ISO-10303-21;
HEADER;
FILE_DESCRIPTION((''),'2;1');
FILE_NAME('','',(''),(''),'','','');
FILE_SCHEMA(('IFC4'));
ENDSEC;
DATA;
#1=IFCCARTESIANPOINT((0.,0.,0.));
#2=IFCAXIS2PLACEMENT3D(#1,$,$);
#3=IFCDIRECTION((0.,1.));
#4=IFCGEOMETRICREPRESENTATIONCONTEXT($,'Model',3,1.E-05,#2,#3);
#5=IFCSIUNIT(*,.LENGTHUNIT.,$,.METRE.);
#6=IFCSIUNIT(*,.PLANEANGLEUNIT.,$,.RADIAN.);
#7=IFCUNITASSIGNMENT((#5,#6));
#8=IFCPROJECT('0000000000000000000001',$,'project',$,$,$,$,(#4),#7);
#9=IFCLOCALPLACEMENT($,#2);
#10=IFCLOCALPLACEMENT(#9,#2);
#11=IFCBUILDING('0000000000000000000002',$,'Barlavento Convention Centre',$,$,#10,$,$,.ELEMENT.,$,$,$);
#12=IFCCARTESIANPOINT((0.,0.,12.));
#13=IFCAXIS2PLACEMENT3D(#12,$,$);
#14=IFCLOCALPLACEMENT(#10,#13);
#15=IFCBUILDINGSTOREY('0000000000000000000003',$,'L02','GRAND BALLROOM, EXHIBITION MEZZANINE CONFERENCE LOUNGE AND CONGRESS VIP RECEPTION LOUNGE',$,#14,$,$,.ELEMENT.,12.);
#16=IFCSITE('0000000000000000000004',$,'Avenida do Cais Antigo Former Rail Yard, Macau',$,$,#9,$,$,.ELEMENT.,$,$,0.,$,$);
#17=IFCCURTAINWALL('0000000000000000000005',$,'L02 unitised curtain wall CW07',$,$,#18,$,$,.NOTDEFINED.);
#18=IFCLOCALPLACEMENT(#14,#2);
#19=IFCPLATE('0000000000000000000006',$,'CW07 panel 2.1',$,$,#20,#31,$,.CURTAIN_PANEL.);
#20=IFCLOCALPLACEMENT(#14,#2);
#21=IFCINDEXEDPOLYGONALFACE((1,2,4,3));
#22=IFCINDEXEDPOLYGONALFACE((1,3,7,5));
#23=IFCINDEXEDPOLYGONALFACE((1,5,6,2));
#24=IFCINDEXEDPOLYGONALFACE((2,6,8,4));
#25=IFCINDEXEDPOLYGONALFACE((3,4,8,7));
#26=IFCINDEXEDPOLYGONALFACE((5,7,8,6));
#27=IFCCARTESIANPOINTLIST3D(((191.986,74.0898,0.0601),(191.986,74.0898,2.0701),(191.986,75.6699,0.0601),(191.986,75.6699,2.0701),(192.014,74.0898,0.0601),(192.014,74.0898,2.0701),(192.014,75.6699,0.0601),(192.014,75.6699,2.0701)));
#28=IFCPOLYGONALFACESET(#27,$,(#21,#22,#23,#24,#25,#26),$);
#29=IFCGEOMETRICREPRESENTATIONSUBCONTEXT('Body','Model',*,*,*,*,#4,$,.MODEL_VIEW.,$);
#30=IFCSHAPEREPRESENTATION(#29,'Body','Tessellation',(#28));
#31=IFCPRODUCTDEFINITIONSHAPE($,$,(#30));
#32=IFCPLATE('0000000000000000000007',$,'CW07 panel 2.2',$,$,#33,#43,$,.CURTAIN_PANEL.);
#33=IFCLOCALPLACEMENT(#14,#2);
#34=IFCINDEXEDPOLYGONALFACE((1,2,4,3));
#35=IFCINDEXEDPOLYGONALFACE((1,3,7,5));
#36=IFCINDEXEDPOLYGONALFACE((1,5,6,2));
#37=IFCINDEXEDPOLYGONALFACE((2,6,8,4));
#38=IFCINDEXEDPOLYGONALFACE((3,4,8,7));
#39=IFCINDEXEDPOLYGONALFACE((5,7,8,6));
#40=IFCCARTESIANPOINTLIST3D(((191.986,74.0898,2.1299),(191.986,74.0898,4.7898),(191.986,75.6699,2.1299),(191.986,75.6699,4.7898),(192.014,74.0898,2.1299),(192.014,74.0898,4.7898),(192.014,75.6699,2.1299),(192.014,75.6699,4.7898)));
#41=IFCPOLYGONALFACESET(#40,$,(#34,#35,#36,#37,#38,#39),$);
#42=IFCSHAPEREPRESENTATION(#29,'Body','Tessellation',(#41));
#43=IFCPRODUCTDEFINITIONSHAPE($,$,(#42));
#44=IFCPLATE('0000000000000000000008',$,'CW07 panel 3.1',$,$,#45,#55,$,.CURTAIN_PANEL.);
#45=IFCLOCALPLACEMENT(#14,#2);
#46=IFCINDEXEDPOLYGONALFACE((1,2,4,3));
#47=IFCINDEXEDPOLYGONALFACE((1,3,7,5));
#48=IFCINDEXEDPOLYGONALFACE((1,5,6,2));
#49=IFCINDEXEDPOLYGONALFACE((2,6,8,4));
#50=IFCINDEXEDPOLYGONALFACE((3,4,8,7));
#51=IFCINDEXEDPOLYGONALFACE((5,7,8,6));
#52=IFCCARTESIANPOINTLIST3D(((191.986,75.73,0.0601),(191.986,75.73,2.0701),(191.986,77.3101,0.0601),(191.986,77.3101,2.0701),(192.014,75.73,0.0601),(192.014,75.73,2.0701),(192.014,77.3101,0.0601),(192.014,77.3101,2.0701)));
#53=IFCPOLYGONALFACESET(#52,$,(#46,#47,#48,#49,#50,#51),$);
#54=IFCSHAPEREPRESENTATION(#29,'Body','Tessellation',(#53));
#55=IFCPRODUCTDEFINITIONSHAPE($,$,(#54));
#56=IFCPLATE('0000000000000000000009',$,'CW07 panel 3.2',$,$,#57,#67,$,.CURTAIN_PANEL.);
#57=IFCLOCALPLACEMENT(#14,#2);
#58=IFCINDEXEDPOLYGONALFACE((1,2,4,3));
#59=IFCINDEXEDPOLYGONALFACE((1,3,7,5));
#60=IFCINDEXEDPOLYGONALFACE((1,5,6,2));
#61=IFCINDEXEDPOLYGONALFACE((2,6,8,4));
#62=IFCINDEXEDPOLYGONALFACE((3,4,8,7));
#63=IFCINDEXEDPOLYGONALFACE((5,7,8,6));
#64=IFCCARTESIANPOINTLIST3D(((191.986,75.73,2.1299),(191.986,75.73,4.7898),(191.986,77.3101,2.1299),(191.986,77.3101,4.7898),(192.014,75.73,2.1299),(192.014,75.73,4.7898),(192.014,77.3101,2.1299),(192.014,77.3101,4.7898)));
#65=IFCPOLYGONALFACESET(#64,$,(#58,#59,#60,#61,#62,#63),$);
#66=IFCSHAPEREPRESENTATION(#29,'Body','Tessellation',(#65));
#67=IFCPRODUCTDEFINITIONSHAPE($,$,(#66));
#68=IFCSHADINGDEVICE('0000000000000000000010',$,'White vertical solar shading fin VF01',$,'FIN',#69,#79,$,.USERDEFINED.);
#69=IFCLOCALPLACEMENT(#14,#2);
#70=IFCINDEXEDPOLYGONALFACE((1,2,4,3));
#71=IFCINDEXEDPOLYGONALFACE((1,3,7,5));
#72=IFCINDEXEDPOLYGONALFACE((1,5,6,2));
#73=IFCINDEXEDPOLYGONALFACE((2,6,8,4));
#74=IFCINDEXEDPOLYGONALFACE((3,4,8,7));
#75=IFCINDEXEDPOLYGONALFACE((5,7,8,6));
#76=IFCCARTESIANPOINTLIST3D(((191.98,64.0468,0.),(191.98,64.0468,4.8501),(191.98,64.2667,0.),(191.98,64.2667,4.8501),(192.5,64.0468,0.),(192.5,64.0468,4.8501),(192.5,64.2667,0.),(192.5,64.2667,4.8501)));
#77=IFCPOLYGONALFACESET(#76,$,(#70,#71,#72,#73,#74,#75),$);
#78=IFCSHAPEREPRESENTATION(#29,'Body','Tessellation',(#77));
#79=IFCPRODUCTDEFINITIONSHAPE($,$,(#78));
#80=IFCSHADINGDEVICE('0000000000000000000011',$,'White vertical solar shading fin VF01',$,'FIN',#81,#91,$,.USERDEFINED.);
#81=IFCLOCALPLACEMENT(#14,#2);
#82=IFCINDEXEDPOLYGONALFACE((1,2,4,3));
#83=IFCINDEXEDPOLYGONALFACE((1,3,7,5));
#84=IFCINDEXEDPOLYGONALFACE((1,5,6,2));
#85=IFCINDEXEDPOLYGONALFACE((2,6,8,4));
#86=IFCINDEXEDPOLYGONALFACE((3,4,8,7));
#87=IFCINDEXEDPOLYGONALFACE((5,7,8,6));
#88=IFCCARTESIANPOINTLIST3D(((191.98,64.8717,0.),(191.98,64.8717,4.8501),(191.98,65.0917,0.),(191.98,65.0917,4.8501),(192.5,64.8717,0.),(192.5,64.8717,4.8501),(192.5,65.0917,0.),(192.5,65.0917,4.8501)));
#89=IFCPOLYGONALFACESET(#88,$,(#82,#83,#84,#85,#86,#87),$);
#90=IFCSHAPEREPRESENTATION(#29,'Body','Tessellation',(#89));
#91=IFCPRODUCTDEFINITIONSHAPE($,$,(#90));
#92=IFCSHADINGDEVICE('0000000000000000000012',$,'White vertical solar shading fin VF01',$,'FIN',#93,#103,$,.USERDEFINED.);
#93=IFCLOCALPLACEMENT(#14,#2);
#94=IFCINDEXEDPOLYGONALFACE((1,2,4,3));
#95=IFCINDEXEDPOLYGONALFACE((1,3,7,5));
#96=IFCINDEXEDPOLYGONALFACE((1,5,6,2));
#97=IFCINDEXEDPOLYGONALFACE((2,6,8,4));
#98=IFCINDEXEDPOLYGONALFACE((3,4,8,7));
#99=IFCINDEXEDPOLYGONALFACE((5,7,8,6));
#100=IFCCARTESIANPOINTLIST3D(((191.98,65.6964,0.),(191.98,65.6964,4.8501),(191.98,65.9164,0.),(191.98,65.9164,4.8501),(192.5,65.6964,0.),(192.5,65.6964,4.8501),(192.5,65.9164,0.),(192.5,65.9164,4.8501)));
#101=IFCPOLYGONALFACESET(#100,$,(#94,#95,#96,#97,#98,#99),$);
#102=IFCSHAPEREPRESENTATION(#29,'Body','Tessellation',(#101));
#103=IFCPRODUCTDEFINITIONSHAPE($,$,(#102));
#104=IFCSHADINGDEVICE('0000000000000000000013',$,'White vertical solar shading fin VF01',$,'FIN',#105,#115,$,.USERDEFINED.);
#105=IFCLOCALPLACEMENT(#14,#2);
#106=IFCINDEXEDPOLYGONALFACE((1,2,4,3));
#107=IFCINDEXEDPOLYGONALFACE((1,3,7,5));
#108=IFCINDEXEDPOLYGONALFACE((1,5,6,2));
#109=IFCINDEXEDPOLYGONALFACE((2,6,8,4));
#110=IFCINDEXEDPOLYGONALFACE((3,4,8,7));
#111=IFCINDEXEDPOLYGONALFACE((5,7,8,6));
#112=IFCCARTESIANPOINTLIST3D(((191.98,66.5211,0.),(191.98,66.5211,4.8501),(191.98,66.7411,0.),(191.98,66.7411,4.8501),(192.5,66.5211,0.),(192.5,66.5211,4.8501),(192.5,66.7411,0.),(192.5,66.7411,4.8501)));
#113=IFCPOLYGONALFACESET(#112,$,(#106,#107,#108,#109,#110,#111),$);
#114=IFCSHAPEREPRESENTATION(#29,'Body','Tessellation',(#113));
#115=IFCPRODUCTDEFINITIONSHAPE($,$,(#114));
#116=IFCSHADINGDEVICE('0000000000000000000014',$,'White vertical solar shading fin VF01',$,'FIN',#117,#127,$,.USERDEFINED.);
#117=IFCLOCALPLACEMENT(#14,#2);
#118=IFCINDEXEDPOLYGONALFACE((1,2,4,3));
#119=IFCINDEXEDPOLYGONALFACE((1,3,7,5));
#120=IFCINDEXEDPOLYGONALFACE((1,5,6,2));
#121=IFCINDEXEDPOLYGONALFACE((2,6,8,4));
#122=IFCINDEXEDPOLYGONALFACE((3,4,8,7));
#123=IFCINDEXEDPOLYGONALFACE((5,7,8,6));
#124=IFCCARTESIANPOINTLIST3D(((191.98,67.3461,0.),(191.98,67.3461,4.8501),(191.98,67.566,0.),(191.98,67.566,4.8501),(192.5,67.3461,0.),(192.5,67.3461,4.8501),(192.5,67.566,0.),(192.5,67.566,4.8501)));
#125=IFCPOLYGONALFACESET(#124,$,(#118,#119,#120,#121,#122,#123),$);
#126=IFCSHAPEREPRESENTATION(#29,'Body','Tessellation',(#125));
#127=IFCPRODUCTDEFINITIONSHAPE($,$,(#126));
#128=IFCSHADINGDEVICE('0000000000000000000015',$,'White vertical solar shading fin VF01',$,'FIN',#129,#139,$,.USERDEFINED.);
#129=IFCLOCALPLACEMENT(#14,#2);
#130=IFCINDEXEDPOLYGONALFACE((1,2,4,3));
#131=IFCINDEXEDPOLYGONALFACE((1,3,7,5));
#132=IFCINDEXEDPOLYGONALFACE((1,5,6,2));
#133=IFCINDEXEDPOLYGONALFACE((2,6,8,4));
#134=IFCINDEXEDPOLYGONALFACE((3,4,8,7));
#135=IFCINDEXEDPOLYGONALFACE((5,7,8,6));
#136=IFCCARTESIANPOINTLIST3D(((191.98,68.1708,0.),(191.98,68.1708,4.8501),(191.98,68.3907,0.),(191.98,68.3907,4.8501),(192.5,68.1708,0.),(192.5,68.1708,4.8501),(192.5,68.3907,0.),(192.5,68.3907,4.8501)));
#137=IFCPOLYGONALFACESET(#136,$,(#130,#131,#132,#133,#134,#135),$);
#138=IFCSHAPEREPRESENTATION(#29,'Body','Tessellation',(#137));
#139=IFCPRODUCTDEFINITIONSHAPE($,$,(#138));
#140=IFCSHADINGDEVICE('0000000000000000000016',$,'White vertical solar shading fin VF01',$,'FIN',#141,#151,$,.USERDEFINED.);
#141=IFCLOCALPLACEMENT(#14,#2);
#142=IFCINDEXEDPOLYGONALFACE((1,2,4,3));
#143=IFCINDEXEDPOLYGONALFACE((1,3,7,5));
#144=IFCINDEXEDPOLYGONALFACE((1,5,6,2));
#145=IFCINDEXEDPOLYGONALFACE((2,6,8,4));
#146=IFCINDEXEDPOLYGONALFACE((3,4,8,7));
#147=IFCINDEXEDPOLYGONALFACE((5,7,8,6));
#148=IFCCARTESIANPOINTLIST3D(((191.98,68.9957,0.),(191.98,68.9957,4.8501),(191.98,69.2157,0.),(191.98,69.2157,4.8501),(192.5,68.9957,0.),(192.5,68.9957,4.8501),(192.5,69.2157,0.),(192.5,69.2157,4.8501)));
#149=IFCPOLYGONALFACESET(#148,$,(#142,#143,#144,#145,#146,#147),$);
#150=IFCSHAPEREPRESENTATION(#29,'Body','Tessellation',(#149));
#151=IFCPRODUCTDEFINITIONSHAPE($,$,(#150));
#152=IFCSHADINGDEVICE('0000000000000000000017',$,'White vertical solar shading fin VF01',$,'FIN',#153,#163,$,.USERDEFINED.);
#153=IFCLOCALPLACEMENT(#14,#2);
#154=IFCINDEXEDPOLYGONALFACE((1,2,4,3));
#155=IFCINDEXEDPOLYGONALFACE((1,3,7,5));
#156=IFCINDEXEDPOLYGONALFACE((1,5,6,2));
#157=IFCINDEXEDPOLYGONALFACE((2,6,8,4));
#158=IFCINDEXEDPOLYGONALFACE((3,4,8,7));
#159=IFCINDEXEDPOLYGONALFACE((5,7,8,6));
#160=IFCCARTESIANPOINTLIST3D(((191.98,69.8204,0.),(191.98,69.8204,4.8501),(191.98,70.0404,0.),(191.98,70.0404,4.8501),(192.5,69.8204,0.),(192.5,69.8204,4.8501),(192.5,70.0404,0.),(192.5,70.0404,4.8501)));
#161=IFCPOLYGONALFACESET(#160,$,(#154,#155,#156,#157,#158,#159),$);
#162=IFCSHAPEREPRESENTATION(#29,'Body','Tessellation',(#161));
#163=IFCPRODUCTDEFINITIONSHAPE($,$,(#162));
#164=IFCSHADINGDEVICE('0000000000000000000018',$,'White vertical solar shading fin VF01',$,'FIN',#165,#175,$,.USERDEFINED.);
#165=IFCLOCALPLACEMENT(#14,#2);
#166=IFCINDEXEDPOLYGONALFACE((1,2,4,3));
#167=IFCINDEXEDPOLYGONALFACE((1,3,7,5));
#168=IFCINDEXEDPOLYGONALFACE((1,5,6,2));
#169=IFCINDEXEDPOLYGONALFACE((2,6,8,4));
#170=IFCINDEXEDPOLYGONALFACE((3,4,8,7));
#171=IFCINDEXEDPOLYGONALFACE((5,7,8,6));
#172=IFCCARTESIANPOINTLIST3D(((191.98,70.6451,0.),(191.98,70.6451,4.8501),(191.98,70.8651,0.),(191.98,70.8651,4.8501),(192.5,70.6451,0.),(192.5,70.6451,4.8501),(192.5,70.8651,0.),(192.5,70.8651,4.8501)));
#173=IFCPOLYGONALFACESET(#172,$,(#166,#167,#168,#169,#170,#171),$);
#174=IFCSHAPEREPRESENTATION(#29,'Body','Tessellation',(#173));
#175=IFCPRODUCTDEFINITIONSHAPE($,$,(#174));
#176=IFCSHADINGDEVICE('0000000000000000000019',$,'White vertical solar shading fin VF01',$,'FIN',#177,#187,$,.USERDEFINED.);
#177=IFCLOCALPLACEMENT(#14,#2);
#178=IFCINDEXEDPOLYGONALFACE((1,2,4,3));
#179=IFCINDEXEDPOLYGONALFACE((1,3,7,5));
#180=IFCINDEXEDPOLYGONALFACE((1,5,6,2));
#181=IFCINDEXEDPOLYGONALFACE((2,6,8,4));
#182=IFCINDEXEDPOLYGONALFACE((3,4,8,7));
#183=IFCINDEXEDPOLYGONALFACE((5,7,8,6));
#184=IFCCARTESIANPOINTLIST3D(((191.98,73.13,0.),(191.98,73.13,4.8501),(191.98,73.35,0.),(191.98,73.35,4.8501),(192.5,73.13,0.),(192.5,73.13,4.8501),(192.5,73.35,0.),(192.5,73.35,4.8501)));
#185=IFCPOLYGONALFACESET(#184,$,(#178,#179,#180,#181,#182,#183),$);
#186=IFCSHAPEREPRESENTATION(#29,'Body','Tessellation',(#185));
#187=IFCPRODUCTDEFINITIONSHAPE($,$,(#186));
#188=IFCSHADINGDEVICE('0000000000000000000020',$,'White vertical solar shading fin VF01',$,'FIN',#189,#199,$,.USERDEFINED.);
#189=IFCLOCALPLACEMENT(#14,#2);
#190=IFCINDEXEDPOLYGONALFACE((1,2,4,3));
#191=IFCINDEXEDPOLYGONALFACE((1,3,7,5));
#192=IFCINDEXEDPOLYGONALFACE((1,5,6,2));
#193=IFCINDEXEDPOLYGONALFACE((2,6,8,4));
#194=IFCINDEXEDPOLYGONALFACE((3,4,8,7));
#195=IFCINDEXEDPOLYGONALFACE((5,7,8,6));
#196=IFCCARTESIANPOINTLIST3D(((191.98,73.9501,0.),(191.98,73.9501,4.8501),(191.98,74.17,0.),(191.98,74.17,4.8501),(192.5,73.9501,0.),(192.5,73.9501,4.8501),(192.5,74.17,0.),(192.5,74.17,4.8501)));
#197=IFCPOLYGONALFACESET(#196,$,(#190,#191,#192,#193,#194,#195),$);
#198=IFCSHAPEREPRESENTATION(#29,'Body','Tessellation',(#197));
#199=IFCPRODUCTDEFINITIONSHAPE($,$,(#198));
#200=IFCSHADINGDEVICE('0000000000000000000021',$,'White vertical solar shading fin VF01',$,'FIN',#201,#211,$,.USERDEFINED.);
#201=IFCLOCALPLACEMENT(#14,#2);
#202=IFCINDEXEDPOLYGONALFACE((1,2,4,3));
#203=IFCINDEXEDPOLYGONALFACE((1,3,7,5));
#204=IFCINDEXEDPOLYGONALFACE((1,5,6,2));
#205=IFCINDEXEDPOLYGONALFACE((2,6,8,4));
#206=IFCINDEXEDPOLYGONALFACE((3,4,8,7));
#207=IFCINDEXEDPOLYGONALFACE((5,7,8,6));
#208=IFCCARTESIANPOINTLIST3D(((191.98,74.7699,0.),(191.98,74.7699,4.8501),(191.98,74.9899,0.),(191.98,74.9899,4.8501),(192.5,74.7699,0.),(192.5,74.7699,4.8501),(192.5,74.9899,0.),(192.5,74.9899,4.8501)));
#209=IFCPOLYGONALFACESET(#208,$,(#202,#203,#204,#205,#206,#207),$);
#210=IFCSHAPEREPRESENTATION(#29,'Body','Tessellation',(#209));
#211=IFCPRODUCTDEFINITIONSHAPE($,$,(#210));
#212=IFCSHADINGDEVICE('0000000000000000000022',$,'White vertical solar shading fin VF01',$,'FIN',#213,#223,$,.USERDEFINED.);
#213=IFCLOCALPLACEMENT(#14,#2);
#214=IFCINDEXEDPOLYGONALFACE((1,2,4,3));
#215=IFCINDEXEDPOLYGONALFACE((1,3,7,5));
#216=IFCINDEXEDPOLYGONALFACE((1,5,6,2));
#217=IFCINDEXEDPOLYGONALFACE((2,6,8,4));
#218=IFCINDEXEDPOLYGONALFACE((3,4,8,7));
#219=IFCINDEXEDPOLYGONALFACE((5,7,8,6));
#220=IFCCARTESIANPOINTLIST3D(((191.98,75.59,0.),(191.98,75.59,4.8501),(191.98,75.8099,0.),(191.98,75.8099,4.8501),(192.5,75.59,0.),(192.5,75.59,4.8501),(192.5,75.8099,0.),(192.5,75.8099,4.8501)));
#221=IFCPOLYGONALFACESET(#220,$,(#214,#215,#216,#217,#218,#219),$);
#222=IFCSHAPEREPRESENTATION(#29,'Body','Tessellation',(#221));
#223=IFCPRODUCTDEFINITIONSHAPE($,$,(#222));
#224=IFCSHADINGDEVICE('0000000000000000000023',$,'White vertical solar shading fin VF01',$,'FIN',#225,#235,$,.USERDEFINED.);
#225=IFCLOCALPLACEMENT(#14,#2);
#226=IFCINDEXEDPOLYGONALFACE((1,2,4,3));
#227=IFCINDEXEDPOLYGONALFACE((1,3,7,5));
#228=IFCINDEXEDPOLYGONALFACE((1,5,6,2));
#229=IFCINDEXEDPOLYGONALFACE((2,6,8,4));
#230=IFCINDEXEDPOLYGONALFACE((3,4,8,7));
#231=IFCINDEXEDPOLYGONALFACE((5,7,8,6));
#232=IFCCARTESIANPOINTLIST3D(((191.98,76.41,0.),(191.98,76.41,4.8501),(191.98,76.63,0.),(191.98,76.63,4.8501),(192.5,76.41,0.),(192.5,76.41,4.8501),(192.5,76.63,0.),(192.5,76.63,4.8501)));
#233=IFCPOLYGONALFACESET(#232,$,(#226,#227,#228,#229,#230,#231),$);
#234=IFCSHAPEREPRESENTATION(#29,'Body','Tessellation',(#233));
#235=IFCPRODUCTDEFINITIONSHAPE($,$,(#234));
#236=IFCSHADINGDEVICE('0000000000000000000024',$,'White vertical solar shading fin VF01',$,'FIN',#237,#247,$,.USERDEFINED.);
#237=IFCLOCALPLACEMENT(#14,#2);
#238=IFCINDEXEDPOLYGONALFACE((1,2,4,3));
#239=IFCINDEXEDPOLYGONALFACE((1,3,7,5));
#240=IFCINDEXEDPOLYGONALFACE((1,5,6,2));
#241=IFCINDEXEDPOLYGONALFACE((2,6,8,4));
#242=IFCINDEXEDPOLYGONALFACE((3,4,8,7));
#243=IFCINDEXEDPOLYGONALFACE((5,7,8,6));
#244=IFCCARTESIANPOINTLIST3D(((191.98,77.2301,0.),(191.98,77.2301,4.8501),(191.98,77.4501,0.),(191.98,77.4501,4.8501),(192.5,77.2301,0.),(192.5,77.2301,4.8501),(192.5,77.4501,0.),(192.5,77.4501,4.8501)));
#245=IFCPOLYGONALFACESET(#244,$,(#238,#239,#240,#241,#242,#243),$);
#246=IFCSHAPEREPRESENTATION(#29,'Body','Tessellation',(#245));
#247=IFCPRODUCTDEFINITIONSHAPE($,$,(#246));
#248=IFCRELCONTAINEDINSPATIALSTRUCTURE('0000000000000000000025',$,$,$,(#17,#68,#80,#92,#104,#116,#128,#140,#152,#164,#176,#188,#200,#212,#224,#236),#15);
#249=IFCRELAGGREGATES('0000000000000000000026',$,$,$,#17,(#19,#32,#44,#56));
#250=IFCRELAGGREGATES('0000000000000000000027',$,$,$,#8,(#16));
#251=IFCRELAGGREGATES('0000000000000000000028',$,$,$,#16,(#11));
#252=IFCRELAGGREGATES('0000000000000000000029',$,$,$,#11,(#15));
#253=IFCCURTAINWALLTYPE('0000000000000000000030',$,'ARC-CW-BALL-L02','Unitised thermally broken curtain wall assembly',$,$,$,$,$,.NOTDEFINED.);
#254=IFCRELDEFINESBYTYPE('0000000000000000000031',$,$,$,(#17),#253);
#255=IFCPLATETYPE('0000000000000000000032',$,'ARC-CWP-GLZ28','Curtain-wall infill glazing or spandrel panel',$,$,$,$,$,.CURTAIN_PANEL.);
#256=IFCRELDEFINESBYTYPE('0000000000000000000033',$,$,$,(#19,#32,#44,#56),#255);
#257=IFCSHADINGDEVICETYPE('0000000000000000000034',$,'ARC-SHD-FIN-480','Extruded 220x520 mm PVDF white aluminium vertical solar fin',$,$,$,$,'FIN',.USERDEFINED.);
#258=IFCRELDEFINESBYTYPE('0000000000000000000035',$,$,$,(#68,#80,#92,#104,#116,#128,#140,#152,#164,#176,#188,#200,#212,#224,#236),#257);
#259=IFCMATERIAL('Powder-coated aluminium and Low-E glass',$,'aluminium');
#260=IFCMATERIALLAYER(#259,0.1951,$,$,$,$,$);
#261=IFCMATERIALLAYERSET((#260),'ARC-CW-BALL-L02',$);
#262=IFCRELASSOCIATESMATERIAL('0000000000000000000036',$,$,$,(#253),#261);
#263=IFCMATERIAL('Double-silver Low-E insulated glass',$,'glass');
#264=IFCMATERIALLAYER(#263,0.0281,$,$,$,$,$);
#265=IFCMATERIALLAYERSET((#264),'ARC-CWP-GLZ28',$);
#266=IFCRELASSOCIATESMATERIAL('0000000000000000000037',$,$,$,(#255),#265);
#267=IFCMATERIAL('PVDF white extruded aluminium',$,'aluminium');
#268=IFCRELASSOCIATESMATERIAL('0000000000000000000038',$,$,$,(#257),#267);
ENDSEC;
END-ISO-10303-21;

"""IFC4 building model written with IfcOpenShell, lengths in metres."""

from ifc_helpers import new_model, si_unit, direction, frame, origin, origin_2d, place, context, subcontext, project, spatial, rectangle, extrude, material, layer, layer_set, type_object, element, aggregate, save


model = new_model("IFC4")

# Units and contexts
model_context = context("Model", 3, precision=1e-05, world=origin(), true_north=direction((0.0, 1.0)))
body_context = subcontext(model_context, "Body", "Model", "MODEL_VIEW")
ifc_project = project(units=[si_unit("LENGTHUNIT", "METRE"), si_unit("PLANEANGLEUNIT", "RADIAN")], contexts=[model_context])

# Site, building, storey
site_placement = place(None, origin())
site = spatial("IfcSite", under=ifc_project, at=site_placement, Name="Avenida do Cais Antigo Former Rail Yard, Macau", CompositionType="ELEMENT", RefElevation=0.0)
building_placement = place(site_placement, origin())
building = spatial("IfcBuilding", under=site, at=building_placement, Name="Barlavento Convention Centre", CompositionType="ELEMENT")
storey_placement = place(building_placement, frame((0.0, 0.0, 12.0)))
storey = spatial("IfcBuildingStorey", under=building, at=storey_placement, Name="L02", Description="GRAND BALLROOM, EXHIBITION MEZZANINE CONFERENCE LOUNGE AND CONGRESS VIP RECEPTION LOUNGE", CompositionType="ELEMENT", Elevation=12.0)

# Shared definitions
ifc_material_1 = material(Name="Powder-coated aluminium and Low-E glass", Category="aluminium")
ifc_layer_1 = layer(ifc_material_1, 0.1951)
ifc_layer_set_1 = layer_set([ifc_layer_1], Name="ARC-CW-BALL-L02")
curtain_wall_type = type_object("IfcCurtainWallType", Name="ARC-CW-BALL-L02", Description="Unitised thermally broken curtain wall assembly", PredefinedType="NOTDEFINED", material=ifc_layer_set_1)

# Curtain wall
curtain_wall_1_placement = place(storey_placement, origin())
curtain_wall_1 = element("IfcCurtainWall", 1, at=curtain_wall_1_placement, inside=storey, type_object=curtain_wall_type, Name="L02 unitised curtain wall CW07", PredefinedType="NOTDEFINED")

# Plates
ifc_material_2 = material(Name="Double-silver Low-E insulated glass", Category="glass")
ifc_layer_2 = layer(ifc_material_2, 0.0281)
ifc_layer_set_2 = layer_set([ifc_layer_2], Name="ARC-CWP-GLZ28")
plate_type = type_object("IfcPlateType", Name="ARC-CWP-GLZ28", Description="Curtain-wall infill glazing or spandrel panel", PredefinedType="CURTAIN_PANEL", material=ifc_layer_set_2)
plate_1_placement = place(storey_placement, frame((192.0, 74.8799, 0.0601), z_axis=(0.0, 0.0, 1.0), x_axis=(0.0, 1.0, 0.0)))
plate_1 = element("IfcPlate", 2, at=plate_1_placement, type_object=plate_type, Name="CW07 panel 2.1", PredefinedType="CURTAIN_PANEL", context=body_context, shape_type="SweptSolid", body=[
    extrude(rectangle(XDim=1.5801, YDim=0.0281, at=origin_2d()), origin(), (0.0, 0.0, 1.0), 2.01),
])
plate_2_placement = place(storey_placement, frame((192.0, 74.8799, 2.1299), z_axis=(0.0, 0.0, 1.0), x_axis=(0.0, 1.0, 0.0)))
plate_2 = element("IfcPlate", 3, at=plate_2_placement, type_object=plate_type, Name="CW07 panel 2.2", PredefinedType="CURTAIN_PANEL", context=body_context, shape_type="SweptSolid", body=[
    extrude(rectangle(XDim=1.5801, YDim=0.0281, at=origin_2d()), origin(), (0.0, 0.0, 1.0), 2.6599),
])
plate_3_placement = place(storey_placement, frame((192.0, 76.52, 0.0601), z_axis=(0.0, 0.0, 1.0), x_axis=(0.0, 1.0, 0.0)))
plate_3 = element("IfcPlate", 4, at=plate_3_placement, type_object=plate_type, Name="CW07 panel 3.1", PredefinedType="CURTAIN_PANEL", context=body_context, shape_type="SweptSolid", body=[
    extrude(rectangle(XDim=1.5801, YDim=0.0281, at=origin_2d()), origin(), (0.0, 0.0, 1.0), 2.01),
])
plate_4_placement = place(storey_placement, frame((192.0, 76.52, 2.1299), z_axis=(0.0, 0.0, 1.0), x_axis=(0.0, 1.0, 0.0)))
plate_4 = element("IfcPlate", 5, at=plate_4_placement, type_object=plate_type, Name="CW07 panel 3.2", PredefinedType="CURTAIN_PANEL", context=body_context, shape_type="SweptSolid", body=[
    extrude(rectangle(XDim=1.5801, YDim=0.0281, at=origin_2d()), origin(), (0.0, 0.0, 1.0), 2.6599),
])
aggregate(curtain_wall_1, [plate_1, plate_2, plate_3, plate_4])

# Shading devices
ifc_material_3 = material(Name="PVDF white extruded aluminium", Category="aluminium")
shading_device_type = type_object("IfcShadingDeviceType", Name="ARC-SHD-FIN-480", Description="Extruded 220x520 mm PVDF white aluminium vertical solar fin", ElementType="FIN", PredefinedType="USERDEFINED", material=ifc_material_3)
for number, where, z_axis, x_axis, name in (
    (6, (192.24, 64.1567, 0.0), (0.0, 0.0, 1.0), (0.0, 1.0, 0.0), "White vertical solar shading fin VF01"),
    (7, (192.24, 64.9817, 0.0), (0.0, 0.0, 1.0), (0.0, 1.0, 0.0), "White vertical solar shading fin VF01"),
    (8, (192.24, 65.8064, 0.0), (0.0, 0.0, 1.0), (0.0, 1.0, 0.0), "White vertical solar shading fin VF01"),
    (9, (192.24, 66.6311, 0.0), (0.0, 0.0, 1.0), (0.0, 1.0, 0.0), "White vertical solar shading fin VF01"),
    (10, (192.24, 67.4561, 0.0), (0.0, 0.0, 1.0), (0.0, 1.0, 0.0), "White vertical solar shading fin VF01"),
    (11, (192.24, 68.2808, 0.0), (0.0, 0.0, 1.0), (0.0, 1.0, 0.0), "White vertical solar shading fin VF01"),
    (12, (192.24, 69.1057, 0.0), (0.0, 0.0, 1.0), (0.0, 1.0, 0.0), "White vertical solar shading fin VF01"),
    (13, (192.24, 69.9304, 0.0), (0.0, 0.0, 1.0), (0.0, 1.0, 0.0), "White vertical solar shading fin VF01"),
    (14, (192.24, 70.7551, 0.0), (0.0, 0.0, 1.0), (0.0, 1.0, 0.0), "White vertical solar shading fin VF01"),
    (15, (192.24, 73.24, 0.0), (0.0, 0.0, 1.0), (0.0, 1.0, 0.0), "White vertical solar shading fin VF01"),
    (16, (192.24, 74.0601, 0.0), (0.0, 0.0, 1.0), (0.0, 1.0, 0.0), "White vertical solar shading fin VF01"),
    (17, (192.24, 74.8799, 0.0), (0.0, 0.0, 1.0), (0.0, 1.0, 0.0), "White vertical solar shading fin VF01"),
    (18, (192.24, 75.7, 0.0), (0.0, 0.0, 1.0), (0.0, 1.0, 0.0), "White vertical solar shading fin VF01"),
    (19, (192.24, 76.52, 0.0), (0.0, 0.0, 1.0), (0.0, 1.0, 0.0), "White vertical solar shading fin VF01"),
    (20, (192.24, 77.3401, 0.0), (0.0, 0.0, 1.0), (0.0, 1.0, 0.0), "White vertical solar shading fin VF01"),
):
    element("IfcShadingDevice", number, at=place(storey_placement, frame(where, z_axis=z_axis, x_axis=x_axis)), inside=storey, type_object=shading_device_type, Name=name, ObjectType="FIN", PredefinedType="USERDEFINED", context=body_context, shape_type="SweptSolid", body=[
        extrude(rectangle(XDim=0.22, YDim=0.52, at=origin_2d()), origin(), (0.0, 0.0, 1.0), 4.8501),
    ])

save(model, "model.ifc")
